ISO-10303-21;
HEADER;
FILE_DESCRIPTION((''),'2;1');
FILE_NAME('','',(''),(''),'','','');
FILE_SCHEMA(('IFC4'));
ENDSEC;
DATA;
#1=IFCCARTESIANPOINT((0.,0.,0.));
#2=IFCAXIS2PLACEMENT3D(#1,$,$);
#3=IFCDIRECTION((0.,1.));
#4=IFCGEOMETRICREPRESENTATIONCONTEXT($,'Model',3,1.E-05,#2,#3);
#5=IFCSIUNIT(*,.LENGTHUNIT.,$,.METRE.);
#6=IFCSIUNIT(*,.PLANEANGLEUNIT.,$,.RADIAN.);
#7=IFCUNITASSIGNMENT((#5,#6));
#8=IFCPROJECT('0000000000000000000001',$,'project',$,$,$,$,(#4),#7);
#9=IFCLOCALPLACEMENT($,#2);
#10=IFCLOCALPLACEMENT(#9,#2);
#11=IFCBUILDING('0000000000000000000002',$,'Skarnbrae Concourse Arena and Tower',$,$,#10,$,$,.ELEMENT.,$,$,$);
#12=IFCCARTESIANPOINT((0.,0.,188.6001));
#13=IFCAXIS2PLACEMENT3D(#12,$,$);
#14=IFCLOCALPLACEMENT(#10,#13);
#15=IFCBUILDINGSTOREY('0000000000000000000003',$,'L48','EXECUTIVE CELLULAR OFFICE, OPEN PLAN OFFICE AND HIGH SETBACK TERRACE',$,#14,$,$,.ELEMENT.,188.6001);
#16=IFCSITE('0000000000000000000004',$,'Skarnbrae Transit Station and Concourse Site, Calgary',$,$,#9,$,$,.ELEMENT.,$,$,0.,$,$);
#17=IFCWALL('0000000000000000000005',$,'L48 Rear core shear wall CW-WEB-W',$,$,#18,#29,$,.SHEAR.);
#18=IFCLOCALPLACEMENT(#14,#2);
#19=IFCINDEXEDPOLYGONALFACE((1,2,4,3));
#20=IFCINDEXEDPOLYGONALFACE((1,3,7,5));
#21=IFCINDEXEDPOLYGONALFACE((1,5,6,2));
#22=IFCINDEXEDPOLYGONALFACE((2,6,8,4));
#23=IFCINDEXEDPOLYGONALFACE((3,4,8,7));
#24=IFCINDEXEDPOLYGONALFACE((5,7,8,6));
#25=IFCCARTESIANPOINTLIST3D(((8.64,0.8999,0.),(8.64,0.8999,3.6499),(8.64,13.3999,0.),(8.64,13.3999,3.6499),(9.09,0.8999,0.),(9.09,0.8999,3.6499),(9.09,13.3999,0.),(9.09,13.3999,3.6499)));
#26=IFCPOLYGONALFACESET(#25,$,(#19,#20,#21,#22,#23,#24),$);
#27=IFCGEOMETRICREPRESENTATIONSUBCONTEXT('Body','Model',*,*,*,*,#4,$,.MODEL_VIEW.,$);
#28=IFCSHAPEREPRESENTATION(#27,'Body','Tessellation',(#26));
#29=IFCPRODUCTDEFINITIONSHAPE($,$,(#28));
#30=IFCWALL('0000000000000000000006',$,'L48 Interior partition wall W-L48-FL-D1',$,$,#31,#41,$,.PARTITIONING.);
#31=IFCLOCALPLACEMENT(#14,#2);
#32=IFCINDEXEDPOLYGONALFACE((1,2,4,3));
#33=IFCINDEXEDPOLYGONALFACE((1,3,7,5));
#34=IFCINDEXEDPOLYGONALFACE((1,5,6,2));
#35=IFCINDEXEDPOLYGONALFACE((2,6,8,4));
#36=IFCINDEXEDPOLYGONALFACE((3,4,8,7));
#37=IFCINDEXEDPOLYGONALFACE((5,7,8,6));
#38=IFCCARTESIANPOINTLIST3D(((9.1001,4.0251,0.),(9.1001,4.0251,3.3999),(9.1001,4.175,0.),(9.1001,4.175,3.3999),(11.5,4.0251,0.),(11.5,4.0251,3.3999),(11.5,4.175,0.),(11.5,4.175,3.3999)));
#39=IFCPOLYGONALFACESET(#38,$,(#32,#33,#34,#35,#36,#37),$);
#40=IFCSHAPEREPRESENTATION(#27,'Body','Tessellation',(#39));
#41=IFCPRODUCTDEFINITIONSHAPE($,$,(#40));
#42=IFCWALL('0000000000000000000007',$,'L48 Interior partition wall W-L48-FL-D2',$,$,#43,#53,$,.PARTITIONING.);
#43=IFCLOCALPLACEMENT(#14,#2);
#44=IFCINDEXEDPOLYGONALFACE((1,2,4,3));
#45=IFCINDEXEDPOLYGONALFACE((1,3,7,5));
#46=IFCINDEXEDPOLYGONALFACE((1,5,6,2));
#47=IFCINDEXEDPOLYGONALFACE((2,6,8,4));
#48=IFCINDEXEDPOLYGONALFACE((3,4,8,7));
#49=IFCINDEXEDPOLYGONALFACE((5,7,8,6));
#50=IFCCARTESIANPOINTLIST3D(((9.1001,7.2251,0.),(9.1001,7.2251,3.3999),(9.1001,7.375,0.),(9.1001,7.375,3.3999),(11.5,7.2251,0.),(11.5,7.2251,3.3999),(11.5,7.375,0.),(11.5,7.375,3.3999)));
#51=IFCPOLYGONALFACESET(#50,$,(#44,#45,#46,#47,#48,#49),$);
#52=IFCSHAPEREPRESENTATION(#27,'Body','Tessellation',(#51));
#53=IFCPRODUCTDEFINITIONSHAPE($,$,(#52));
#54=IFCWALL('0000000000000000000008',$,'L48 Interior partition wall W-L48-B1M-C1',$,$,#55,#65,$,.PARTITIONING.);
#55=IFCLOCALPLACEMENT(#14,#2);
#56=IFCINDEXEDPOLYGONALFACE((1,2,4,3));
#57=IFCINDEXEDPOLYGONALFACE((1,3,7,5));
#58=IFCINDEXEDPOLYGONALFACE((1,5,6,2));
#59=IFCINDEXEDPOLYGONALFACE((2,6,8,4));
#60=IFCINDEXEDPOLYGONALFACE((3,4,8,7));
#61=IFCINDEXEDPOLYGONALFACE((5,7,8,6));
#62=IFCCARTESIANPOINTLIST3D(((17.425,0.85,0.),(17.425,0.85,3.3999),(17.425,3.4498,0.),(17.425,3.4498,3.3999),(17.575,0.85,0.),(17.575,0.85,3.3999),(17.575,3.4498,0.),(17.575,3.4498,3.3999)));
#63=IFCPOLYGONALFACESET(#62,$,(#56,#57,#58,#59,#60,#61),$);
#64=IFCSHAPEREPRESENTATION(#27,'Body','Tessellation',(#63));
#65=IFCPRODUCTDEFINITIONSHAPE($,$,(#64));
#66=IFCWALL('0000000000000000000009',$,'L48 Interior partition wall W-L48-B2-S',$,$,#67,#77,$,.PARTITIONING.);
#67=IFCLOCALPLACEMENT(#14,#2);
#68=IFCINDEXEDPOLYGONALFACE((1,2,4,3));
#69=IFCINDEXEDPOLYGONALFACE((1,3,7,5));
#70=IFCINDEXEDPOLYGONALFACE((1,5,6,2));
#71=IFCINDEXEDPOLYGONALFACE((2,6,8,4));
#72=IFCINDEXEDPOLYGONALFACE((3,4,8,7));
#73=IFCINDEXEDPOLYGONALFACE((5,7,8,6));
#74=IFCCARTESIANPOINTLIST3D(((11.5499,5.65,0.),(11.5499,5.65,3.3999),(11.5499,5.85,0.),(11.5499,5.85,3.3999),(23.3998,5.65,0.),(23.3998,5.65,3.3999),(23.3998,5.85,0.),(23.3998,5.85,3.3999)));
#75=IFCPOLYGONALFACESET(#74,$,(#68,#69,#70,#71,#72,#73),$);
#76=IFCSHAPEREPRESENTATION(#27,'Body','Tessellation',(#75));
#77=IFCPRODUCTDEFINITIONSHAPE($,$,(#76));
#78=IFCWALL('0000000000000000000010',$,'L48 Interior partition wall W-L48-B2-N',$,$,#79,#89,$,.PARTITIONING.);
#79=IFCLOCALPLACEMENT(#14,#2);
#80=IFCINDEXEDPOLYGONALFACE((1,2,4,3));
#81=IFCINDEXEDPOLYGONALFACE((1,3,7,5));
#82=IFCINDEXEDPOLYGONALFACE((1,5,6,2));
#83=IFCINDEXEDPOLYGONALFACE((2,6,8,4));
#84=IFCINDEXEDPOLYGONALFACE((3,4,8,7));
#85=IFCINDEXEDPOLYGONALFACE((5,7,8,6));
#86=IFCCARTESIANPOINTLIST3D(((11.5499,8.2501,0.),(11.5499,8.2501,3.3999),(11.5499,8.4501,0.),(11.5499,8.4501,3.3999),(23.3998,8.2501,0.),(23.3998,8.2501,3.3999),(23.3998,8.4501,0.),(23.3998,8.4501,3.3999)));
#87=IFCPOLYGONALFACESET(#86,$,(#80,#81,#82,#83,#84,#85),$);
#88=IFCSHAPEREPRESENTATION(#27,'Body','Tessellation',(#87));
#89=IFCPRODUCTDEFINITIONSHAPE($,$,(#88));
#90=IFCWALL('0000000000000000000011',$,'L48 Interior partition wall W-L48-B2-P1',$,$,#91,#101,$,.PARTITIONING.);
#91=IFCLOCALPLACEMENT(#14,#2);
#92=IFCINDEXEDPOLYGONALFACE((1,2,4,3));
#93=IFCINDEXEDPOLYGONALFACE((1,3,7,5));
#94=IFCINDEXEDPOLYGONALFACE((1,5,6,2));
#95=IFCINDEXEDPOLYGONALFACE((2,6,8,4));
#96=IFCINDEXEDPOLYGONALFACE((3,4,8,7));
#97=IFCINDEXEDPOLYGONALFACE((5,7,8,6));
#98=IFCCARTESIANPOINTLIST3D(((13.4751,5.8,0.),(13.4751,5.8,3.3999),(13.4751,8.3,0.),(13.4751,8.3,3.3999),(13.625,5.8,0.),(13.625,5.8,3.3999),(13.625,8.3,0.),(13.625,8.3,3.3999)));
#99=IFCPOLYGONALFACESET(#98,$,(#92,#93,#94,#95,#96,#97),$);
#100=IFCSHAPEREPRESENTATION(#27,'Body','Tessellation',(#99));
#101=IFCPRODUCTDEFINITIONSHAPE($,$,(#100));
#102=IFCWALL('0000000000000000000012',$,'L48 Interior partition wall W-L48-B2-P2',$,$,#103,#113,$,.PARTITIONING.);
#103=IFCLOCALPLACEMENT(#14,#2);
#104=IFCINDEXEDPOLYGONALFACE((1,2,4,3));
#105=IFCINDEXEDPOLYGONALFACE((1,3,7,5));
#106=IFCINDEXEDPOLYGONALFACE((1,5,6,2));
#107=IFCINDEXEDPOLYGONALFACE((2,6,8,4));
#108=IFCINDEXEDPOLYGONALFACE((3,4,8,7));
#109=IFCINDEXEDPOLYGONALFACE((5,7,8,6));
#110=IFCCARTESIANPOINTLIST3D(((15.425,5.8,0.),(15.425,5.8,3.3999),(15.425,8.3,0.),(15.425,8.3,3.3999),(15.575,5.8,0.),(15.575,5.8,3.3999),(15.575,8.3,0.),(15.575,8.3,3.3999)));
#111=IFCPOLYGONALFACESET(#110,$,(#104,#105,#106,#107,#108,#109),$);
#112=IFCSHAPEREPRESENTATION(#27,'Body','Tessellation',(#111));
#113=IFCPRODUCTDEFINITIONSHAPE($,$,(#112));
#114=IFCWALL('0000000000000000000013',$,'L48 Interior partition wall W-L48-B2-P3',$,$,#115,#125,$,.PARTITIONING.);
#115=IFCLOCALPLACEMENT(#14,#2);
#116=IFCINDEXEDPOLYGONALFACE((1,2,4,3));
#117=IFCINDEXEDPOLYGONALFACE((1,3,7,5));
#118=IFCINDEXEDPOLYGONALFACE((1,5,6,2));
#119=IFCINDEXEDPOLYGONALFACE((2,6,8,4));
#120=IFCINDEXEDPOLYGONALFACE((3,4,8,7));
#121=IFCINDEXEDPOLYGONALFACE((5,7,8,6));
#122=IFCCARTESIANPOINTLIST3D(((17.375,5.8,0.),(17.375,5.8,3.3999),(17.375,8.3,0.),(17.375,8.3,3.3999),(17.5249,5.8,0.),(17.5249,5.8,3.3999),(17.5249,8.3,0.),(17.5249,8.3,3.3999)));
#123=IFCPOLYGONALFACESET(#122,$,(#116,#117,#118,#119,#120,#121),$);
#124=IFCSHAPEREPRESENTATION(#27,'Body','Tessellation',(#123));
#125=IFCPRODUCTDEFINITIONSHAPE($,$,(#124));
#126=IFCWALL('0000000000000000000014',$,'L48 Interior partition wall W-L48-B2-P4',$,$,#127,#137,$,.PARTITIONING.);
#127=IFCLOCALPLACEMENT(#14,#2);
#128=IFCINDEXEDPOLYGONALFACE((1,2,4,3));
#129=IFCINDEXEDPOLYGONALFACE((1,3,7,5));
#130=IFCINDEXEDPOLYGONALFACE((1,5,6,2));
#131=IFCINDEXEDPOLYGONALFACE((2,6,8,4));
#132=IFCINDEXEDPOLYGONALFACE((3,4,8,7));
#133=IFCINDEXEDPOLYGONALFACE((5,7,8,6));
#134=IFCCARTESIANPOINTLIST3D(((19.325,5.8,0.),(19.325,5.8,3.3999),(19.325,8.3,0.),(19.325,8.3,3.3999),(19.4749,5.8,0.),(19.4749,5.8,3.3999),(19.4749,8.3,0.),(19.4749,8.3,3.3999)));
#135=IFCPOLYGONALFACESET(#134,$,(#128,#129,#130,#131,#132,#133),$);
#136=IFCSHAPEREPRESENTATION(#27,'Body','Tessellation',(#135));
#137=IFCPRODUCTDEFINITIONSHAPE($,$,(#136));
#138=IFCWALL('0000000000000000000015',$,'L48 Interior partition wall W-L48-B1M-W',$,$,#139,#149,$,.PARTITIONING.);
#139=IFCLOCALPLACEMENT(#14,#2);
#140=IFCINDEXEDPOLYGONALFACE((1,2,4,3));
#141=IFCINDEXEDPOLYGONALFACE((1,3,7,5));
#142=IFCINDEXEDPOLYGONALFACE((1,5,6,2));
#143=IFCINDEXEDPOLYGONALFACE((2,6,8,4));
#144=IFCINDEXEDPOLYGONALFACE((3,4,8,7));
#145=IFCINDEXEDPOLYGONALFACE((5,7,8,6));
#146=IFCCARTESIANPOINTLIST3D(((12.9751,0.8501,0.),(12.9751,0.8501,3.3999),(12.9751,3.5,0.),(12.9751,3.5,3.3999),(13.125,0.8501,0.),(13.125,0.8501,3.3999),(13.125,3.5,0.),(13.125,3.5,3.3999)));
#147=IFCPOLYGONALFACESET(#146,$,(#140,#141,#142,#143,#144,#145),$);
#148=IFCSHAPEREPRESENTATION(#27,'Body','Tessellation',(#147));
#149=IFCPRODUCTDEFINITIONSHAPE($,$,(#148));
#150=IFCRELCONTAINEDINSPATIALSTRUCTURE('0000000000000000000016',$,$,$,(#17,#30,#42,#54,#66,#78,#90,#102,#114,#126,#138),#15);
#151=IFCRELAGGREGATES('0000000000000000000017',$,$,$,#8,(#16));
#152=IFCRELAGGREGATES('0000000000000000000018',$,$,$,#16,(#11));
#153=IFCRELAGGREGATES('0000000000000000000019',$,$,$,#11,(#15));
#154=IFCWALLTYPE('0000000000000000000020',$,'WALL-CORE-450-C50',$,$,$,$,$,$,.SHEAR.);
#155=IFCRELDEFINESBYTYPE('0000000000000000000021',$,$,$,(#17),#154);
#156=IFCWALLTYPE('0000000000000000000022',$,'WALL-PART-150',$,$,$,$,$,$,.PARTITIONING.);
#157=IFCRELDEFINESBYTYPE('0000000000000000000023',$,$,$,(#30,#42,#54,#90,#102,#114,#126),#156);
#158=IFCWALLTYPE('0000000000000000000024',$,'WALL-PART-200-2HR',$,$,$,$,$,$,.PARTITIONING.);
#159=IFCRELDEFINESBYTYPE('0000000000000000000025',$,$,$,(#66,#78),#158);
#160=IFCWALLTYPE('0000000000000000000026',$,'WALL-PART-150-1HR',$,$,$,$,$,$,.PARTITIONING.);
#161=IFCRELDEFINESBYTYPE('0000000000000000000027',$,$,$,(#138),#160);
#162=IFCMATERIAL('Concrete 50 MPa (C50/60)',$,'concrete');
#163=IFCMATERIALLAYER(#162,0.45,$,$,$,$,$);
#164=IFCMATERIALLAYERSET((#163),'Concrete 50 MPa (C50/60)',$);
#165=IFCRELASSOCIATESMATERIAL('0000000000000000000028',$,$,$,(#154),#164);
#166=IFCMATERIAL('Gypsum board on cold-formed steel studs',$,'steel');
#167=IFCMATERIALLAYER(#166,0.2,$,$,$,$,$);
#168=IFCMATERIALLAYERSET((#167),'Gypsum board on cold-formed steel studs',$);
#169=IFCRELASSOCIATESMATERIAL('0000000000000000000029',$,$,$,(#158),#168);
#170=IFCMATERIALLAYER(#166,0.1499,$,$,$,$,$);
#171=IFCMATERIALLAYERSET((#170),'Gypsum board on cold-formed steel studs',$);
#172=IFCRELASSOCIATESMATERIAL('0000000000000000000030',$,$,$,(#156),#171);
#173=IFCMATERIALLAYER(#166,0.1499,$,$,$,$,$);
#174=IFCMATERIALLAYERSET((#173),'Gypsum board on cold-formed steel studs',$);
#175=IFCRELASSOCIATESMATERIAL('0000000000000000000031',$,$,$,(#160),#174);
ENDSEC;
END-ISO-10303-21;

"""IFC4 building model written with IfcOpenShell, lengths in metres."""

from ifc_helpers import new_model, si_unit, direction, frame, frame_2d, origin, place, context, subcontext, project, spatial, rectangle, extrude, source, transform, mapped, material, layer, layer_set, type_object, element, save


model = new_model("IFC4")

# Units and contexts
model_context = context("Model", 3, precision=1e-05, world=origin(), true_north=direction((0.0, 1.0)))
body_context = subcontext(model_context, "Body", "Model", "MODEL_VIEW")
ifc_project = project(units=[si_unit("LENGTHUNIT", "METRE"), si_unit("PLANEANGLEUNIT", "RADIAN")], contexts=[model_context])

# Site, building, storey
site_placement = place(None, origin())
site = spatial("IfcSite", under=ifc_project, at=site_placement, Name="Skarnbrae Transit Station and Concourse Site, Calgary", CompositionType="ELEMENT", RefElevation=0.0)
building_placement = place(site_placement, origin())
building = spatial("IfcBuilding", under=site, at=building_placement, Name="Skarnbrae Concourse Arena and Tower", CompositionType="ELEMENT")
storey_placement = place(building_placement, frame((0.0, 0.0, 188.6001)))
storey = spatial("IfcBuildingStorey", under=building, at=storey_placement, Name="L48", Description="EXECUTIVE CELLULAR OFFICE, OPEN PLAN OFFICE AND HIGH SETBACK TERRACE", CompositionType="ELEMENT", Elevation=188.6001)

# Wall
ifc_material_1 = material(Name="Concrete 50 MPa (C50/60)", Category="concrete")
ifc_layer_1 = layer(ifc_material_1, 0.45)
ifc_layer_set_1 = layer_set([ifc_layer_1], Name="Concrete 50 MPa (C50/60)")
wall_type_1 = type_object("IfcWallType", Name="WALL-CORE-450-C50", PredefinedType="SHEAR", material=ifc_layer_set_1)
shared_shape_1 = source(origin(), body_context, "Body", "SweptSolid", [
    extrude(rectangle(XDim=12.5, YDim=0.45, at=frame_2d((6.25, 0.0))), origin(), (0.0, 0.0, 1.0), 3.6499),
])
wall_1_placement = place(storey_placement, frame((8.865, 0.8999, 0.0), z_axis=(0.0, 0.0, 1.0), x_axis=(0.0, 1.0, 0.0)))
element("IfcWall", 1, at=wall_1_placement, inside=storey, type_object=wall_type_1, Name="L48 Rear core shear wall CW-WEB-W", PredefinedType="SHEAR", context=body_context, shape_type="MappedRepresentation", body=[
    mapped(shared_shape_1, transform((0.0, 0.0, 0.0))),
])

# Shared definitions
ifc_material_2 = material(Name="Gypsum board on cold-formed steel studs", Category="steel")
ifc_layer_2 = layer(ifc_material_2, 0.2)
ifc_layer_set_2 = layer_set([ifc_layer_2], Name="Gypsum board on cold-formed steel studs")
wall_type_2 = type_object("IfcWallType", Name="WALL-PART-200-2HR", PredefinedType="PARTITIONING", material=ifc_layer_set_2)

# Walls
ifc_layer_3 = layer(ifc_material_2, 0.1499)
ifc_layer_set_3 = layer_set([ifc_layer_3], Name="Gypsum board on cold-formed steel studs")
wall_type_3 = type_object("IfcWallType", Name="WALL-PART-150", PredefinedType="PARTITIONING", material=ifc_layer_set_3)
shared_shape_2 = source(origin(), body_context, "Body", "SweptSolid", [
    extrude(rectangle(XDim=2.3999, YDim=0.1499, at=frame_2d((1.2, 0.0))), origin(), (0.0, 0.0, 1.0), 3.3999),
])
for number, where, z_axis, x_axis, name in (
    (2, (9.1001, 4.1001, 0.0), (0.0, 0.0, 1.0), (1.0, 0.0, 0.0), "L48 Interior partition wall W-L48-FL-D1"),
    (3, (9.1001, 7.3, 0.0), (0.0, 0.0, 1.0), (1.0, 0.0, 0.0), "L48 Interior partition wall W-L48-FL-D2"),
):
    element("IfcWall", number, at=place(storey_placement, frame(where, z_axis=z_axis, x_axis=x_axis)), inside=storey, type_object=wall_type_3, Name=name, PredefinedType="PARTITIONING", context=body_context, shape_type="MappedRepresentation", body=[
        mapped(shared_shape_2, transform((0.0, 0.0, 0.0))),
    ])
shared_shape_3 = source(origin(), body_context, "Body", "SweptSolid", [
    extrude(rectangle(XDim=2.5999, YDim=0.1499, at=frame_2d((1.2998, 0.0))), origin(), (0.0, 0.0, 1.0), 3.3999),
])
wall_2_placement = place(storey_placement, frame((17.5, 0.8501, 0.0), z_axis=(0.0, 0.0, 1.0), x_axis=(0.0, 1.0, 0.0)))
element("IfcWall", 4, at=wall_2_placement, inside=storey, type_object=wall_type_3, Name="L48 Interior partition wall W-L48-B1M-C1", PredefinedType="PARTITIONING", context=body_context, shape_type="MappedRepresentation", body=[
    mapped(shared_shape_3, transform((0.0, 0.0, 0.0))),
])
shared_shape_4 = source(origin(), body_context, "Body", "SweptSolid", [
    extrude(rectangle(XDim=11.8499, YDim=0.2, at=frame_2d((5.9248, 0.0))), origin(), (0.0, 0.0, 1.0), 3.3999),
])
for number, where, z_axis, x_axis, name in (
    (5, (11.55, 5.75, 0.0), (0.0, 0.0, 1.0), (1.0, 0.0, 0.0), "L48 Interior partition wall W-L48-B2-S"),
    (6, (11.55, 8.3501, 0.0), (0.0, 0.0, 1.0), (1.0, 0.0, 0.0), "L48 Interior partition wall W-L48-B2-N"),
):
    element("IfcWall", number, at=place(storey_placement, frame(where, z_axis=z_axis, x_axis=x_axis)), inside=storey, type_object=wall_type_2, Name=name, PredefinedType="PARTITIONING", context=body_context, shape_type="MappedRepresentation", body=[
        mapped(shared_shape_4, transform((0.0, 0.0, 0.0))),
    ])
shared_shape_5 = source(origin(), body_context, "Body", "SweptSolid", [
    extrude(rectangle(XDim=2.5, YDim=0.1499, at=frame_2d((1.25, 0.0))), origin(), (0.0, 0.0, 1.0), 3.3999),
])
for number, where, z_axis, x_axis, name in (
    (7, (13.55, 5.8, 0.0), (0.0, 0.0, 1.0), (0.0, 1.0, 0.0), "L48 Interior partition wall W-L48-B2-P1"),
    (8, (15.5, 5.8, 0.0), (0.0, 0.0, 1.0), (0.0, 1.0, 0.0), "L48 Interior partition wall W-L48-B2-P2"),
    (9, (17.45, 5.8, 0.0), (0.0, 0.0, 1.0), (0.0, 1.0, 0.0), "L48 Interior partition wall W-L48-B2-P3"),
    (10, (19.3999, 5.8, 0.0), (0.0, 0.0, 1.0), (0.0, 1.0, 0.0), "L48 Interior partition wall W-L48-B2-P4"),
):
    element("IfcWall", number, at=place(storey_placement, frame(where, z_axis=z_axis, x_axis=x_axis)), inside=storey, type_object=wall_type_3, Name=name, PredefinedType="PARTITIONING", context=body_context, shape_type="MappedRepresentation", body=[
        mapped(shared_shape_5, transform((0.0, 0.0, 0.0))),
    ])
ifc_layer_4 = layer(ifc_material_2, 0.1499)
ifc_layer_set_4 = layer_set([ifc_layer_4], Name="Gypsum board on cold-formed steel studs")
wall_type_4 = type_object("IfcWallType", Name="WALL-PART-150-1HR", PredefinedType="PARTITIONING", material=ifc_layer_set_4)
shared_shape_6 = source(origin(), body_context, "Body", "SweptSolid", [
    extrude(rectangle(XDim=2.6499, YDim=0.1499, at=frame_2d((1.325, 0.0))), origin(), (0.0, 0.0, 1.0), 3.3999),
])
wall_3_placement = place(storey_placement, frame((13.05, 0.8501, 0.0), z_axis=(0.0, 0.0, 1.0), x_axis=(0.0, 1.0, 0.0)))
element("IfcWall", 11, at=wall_3_placement, inside=storey, type_object=wall_type_4, Name="L48 Interior partition wall W-L48-B1M-W", PredefinedType="PARTITIONING", context=body_context, shape_type="MappedRepresentation", body=[
    mapped(shared_shape_6, transform((0.0, 0.0, 0.0))),
])

save(model, "model.ifc")
